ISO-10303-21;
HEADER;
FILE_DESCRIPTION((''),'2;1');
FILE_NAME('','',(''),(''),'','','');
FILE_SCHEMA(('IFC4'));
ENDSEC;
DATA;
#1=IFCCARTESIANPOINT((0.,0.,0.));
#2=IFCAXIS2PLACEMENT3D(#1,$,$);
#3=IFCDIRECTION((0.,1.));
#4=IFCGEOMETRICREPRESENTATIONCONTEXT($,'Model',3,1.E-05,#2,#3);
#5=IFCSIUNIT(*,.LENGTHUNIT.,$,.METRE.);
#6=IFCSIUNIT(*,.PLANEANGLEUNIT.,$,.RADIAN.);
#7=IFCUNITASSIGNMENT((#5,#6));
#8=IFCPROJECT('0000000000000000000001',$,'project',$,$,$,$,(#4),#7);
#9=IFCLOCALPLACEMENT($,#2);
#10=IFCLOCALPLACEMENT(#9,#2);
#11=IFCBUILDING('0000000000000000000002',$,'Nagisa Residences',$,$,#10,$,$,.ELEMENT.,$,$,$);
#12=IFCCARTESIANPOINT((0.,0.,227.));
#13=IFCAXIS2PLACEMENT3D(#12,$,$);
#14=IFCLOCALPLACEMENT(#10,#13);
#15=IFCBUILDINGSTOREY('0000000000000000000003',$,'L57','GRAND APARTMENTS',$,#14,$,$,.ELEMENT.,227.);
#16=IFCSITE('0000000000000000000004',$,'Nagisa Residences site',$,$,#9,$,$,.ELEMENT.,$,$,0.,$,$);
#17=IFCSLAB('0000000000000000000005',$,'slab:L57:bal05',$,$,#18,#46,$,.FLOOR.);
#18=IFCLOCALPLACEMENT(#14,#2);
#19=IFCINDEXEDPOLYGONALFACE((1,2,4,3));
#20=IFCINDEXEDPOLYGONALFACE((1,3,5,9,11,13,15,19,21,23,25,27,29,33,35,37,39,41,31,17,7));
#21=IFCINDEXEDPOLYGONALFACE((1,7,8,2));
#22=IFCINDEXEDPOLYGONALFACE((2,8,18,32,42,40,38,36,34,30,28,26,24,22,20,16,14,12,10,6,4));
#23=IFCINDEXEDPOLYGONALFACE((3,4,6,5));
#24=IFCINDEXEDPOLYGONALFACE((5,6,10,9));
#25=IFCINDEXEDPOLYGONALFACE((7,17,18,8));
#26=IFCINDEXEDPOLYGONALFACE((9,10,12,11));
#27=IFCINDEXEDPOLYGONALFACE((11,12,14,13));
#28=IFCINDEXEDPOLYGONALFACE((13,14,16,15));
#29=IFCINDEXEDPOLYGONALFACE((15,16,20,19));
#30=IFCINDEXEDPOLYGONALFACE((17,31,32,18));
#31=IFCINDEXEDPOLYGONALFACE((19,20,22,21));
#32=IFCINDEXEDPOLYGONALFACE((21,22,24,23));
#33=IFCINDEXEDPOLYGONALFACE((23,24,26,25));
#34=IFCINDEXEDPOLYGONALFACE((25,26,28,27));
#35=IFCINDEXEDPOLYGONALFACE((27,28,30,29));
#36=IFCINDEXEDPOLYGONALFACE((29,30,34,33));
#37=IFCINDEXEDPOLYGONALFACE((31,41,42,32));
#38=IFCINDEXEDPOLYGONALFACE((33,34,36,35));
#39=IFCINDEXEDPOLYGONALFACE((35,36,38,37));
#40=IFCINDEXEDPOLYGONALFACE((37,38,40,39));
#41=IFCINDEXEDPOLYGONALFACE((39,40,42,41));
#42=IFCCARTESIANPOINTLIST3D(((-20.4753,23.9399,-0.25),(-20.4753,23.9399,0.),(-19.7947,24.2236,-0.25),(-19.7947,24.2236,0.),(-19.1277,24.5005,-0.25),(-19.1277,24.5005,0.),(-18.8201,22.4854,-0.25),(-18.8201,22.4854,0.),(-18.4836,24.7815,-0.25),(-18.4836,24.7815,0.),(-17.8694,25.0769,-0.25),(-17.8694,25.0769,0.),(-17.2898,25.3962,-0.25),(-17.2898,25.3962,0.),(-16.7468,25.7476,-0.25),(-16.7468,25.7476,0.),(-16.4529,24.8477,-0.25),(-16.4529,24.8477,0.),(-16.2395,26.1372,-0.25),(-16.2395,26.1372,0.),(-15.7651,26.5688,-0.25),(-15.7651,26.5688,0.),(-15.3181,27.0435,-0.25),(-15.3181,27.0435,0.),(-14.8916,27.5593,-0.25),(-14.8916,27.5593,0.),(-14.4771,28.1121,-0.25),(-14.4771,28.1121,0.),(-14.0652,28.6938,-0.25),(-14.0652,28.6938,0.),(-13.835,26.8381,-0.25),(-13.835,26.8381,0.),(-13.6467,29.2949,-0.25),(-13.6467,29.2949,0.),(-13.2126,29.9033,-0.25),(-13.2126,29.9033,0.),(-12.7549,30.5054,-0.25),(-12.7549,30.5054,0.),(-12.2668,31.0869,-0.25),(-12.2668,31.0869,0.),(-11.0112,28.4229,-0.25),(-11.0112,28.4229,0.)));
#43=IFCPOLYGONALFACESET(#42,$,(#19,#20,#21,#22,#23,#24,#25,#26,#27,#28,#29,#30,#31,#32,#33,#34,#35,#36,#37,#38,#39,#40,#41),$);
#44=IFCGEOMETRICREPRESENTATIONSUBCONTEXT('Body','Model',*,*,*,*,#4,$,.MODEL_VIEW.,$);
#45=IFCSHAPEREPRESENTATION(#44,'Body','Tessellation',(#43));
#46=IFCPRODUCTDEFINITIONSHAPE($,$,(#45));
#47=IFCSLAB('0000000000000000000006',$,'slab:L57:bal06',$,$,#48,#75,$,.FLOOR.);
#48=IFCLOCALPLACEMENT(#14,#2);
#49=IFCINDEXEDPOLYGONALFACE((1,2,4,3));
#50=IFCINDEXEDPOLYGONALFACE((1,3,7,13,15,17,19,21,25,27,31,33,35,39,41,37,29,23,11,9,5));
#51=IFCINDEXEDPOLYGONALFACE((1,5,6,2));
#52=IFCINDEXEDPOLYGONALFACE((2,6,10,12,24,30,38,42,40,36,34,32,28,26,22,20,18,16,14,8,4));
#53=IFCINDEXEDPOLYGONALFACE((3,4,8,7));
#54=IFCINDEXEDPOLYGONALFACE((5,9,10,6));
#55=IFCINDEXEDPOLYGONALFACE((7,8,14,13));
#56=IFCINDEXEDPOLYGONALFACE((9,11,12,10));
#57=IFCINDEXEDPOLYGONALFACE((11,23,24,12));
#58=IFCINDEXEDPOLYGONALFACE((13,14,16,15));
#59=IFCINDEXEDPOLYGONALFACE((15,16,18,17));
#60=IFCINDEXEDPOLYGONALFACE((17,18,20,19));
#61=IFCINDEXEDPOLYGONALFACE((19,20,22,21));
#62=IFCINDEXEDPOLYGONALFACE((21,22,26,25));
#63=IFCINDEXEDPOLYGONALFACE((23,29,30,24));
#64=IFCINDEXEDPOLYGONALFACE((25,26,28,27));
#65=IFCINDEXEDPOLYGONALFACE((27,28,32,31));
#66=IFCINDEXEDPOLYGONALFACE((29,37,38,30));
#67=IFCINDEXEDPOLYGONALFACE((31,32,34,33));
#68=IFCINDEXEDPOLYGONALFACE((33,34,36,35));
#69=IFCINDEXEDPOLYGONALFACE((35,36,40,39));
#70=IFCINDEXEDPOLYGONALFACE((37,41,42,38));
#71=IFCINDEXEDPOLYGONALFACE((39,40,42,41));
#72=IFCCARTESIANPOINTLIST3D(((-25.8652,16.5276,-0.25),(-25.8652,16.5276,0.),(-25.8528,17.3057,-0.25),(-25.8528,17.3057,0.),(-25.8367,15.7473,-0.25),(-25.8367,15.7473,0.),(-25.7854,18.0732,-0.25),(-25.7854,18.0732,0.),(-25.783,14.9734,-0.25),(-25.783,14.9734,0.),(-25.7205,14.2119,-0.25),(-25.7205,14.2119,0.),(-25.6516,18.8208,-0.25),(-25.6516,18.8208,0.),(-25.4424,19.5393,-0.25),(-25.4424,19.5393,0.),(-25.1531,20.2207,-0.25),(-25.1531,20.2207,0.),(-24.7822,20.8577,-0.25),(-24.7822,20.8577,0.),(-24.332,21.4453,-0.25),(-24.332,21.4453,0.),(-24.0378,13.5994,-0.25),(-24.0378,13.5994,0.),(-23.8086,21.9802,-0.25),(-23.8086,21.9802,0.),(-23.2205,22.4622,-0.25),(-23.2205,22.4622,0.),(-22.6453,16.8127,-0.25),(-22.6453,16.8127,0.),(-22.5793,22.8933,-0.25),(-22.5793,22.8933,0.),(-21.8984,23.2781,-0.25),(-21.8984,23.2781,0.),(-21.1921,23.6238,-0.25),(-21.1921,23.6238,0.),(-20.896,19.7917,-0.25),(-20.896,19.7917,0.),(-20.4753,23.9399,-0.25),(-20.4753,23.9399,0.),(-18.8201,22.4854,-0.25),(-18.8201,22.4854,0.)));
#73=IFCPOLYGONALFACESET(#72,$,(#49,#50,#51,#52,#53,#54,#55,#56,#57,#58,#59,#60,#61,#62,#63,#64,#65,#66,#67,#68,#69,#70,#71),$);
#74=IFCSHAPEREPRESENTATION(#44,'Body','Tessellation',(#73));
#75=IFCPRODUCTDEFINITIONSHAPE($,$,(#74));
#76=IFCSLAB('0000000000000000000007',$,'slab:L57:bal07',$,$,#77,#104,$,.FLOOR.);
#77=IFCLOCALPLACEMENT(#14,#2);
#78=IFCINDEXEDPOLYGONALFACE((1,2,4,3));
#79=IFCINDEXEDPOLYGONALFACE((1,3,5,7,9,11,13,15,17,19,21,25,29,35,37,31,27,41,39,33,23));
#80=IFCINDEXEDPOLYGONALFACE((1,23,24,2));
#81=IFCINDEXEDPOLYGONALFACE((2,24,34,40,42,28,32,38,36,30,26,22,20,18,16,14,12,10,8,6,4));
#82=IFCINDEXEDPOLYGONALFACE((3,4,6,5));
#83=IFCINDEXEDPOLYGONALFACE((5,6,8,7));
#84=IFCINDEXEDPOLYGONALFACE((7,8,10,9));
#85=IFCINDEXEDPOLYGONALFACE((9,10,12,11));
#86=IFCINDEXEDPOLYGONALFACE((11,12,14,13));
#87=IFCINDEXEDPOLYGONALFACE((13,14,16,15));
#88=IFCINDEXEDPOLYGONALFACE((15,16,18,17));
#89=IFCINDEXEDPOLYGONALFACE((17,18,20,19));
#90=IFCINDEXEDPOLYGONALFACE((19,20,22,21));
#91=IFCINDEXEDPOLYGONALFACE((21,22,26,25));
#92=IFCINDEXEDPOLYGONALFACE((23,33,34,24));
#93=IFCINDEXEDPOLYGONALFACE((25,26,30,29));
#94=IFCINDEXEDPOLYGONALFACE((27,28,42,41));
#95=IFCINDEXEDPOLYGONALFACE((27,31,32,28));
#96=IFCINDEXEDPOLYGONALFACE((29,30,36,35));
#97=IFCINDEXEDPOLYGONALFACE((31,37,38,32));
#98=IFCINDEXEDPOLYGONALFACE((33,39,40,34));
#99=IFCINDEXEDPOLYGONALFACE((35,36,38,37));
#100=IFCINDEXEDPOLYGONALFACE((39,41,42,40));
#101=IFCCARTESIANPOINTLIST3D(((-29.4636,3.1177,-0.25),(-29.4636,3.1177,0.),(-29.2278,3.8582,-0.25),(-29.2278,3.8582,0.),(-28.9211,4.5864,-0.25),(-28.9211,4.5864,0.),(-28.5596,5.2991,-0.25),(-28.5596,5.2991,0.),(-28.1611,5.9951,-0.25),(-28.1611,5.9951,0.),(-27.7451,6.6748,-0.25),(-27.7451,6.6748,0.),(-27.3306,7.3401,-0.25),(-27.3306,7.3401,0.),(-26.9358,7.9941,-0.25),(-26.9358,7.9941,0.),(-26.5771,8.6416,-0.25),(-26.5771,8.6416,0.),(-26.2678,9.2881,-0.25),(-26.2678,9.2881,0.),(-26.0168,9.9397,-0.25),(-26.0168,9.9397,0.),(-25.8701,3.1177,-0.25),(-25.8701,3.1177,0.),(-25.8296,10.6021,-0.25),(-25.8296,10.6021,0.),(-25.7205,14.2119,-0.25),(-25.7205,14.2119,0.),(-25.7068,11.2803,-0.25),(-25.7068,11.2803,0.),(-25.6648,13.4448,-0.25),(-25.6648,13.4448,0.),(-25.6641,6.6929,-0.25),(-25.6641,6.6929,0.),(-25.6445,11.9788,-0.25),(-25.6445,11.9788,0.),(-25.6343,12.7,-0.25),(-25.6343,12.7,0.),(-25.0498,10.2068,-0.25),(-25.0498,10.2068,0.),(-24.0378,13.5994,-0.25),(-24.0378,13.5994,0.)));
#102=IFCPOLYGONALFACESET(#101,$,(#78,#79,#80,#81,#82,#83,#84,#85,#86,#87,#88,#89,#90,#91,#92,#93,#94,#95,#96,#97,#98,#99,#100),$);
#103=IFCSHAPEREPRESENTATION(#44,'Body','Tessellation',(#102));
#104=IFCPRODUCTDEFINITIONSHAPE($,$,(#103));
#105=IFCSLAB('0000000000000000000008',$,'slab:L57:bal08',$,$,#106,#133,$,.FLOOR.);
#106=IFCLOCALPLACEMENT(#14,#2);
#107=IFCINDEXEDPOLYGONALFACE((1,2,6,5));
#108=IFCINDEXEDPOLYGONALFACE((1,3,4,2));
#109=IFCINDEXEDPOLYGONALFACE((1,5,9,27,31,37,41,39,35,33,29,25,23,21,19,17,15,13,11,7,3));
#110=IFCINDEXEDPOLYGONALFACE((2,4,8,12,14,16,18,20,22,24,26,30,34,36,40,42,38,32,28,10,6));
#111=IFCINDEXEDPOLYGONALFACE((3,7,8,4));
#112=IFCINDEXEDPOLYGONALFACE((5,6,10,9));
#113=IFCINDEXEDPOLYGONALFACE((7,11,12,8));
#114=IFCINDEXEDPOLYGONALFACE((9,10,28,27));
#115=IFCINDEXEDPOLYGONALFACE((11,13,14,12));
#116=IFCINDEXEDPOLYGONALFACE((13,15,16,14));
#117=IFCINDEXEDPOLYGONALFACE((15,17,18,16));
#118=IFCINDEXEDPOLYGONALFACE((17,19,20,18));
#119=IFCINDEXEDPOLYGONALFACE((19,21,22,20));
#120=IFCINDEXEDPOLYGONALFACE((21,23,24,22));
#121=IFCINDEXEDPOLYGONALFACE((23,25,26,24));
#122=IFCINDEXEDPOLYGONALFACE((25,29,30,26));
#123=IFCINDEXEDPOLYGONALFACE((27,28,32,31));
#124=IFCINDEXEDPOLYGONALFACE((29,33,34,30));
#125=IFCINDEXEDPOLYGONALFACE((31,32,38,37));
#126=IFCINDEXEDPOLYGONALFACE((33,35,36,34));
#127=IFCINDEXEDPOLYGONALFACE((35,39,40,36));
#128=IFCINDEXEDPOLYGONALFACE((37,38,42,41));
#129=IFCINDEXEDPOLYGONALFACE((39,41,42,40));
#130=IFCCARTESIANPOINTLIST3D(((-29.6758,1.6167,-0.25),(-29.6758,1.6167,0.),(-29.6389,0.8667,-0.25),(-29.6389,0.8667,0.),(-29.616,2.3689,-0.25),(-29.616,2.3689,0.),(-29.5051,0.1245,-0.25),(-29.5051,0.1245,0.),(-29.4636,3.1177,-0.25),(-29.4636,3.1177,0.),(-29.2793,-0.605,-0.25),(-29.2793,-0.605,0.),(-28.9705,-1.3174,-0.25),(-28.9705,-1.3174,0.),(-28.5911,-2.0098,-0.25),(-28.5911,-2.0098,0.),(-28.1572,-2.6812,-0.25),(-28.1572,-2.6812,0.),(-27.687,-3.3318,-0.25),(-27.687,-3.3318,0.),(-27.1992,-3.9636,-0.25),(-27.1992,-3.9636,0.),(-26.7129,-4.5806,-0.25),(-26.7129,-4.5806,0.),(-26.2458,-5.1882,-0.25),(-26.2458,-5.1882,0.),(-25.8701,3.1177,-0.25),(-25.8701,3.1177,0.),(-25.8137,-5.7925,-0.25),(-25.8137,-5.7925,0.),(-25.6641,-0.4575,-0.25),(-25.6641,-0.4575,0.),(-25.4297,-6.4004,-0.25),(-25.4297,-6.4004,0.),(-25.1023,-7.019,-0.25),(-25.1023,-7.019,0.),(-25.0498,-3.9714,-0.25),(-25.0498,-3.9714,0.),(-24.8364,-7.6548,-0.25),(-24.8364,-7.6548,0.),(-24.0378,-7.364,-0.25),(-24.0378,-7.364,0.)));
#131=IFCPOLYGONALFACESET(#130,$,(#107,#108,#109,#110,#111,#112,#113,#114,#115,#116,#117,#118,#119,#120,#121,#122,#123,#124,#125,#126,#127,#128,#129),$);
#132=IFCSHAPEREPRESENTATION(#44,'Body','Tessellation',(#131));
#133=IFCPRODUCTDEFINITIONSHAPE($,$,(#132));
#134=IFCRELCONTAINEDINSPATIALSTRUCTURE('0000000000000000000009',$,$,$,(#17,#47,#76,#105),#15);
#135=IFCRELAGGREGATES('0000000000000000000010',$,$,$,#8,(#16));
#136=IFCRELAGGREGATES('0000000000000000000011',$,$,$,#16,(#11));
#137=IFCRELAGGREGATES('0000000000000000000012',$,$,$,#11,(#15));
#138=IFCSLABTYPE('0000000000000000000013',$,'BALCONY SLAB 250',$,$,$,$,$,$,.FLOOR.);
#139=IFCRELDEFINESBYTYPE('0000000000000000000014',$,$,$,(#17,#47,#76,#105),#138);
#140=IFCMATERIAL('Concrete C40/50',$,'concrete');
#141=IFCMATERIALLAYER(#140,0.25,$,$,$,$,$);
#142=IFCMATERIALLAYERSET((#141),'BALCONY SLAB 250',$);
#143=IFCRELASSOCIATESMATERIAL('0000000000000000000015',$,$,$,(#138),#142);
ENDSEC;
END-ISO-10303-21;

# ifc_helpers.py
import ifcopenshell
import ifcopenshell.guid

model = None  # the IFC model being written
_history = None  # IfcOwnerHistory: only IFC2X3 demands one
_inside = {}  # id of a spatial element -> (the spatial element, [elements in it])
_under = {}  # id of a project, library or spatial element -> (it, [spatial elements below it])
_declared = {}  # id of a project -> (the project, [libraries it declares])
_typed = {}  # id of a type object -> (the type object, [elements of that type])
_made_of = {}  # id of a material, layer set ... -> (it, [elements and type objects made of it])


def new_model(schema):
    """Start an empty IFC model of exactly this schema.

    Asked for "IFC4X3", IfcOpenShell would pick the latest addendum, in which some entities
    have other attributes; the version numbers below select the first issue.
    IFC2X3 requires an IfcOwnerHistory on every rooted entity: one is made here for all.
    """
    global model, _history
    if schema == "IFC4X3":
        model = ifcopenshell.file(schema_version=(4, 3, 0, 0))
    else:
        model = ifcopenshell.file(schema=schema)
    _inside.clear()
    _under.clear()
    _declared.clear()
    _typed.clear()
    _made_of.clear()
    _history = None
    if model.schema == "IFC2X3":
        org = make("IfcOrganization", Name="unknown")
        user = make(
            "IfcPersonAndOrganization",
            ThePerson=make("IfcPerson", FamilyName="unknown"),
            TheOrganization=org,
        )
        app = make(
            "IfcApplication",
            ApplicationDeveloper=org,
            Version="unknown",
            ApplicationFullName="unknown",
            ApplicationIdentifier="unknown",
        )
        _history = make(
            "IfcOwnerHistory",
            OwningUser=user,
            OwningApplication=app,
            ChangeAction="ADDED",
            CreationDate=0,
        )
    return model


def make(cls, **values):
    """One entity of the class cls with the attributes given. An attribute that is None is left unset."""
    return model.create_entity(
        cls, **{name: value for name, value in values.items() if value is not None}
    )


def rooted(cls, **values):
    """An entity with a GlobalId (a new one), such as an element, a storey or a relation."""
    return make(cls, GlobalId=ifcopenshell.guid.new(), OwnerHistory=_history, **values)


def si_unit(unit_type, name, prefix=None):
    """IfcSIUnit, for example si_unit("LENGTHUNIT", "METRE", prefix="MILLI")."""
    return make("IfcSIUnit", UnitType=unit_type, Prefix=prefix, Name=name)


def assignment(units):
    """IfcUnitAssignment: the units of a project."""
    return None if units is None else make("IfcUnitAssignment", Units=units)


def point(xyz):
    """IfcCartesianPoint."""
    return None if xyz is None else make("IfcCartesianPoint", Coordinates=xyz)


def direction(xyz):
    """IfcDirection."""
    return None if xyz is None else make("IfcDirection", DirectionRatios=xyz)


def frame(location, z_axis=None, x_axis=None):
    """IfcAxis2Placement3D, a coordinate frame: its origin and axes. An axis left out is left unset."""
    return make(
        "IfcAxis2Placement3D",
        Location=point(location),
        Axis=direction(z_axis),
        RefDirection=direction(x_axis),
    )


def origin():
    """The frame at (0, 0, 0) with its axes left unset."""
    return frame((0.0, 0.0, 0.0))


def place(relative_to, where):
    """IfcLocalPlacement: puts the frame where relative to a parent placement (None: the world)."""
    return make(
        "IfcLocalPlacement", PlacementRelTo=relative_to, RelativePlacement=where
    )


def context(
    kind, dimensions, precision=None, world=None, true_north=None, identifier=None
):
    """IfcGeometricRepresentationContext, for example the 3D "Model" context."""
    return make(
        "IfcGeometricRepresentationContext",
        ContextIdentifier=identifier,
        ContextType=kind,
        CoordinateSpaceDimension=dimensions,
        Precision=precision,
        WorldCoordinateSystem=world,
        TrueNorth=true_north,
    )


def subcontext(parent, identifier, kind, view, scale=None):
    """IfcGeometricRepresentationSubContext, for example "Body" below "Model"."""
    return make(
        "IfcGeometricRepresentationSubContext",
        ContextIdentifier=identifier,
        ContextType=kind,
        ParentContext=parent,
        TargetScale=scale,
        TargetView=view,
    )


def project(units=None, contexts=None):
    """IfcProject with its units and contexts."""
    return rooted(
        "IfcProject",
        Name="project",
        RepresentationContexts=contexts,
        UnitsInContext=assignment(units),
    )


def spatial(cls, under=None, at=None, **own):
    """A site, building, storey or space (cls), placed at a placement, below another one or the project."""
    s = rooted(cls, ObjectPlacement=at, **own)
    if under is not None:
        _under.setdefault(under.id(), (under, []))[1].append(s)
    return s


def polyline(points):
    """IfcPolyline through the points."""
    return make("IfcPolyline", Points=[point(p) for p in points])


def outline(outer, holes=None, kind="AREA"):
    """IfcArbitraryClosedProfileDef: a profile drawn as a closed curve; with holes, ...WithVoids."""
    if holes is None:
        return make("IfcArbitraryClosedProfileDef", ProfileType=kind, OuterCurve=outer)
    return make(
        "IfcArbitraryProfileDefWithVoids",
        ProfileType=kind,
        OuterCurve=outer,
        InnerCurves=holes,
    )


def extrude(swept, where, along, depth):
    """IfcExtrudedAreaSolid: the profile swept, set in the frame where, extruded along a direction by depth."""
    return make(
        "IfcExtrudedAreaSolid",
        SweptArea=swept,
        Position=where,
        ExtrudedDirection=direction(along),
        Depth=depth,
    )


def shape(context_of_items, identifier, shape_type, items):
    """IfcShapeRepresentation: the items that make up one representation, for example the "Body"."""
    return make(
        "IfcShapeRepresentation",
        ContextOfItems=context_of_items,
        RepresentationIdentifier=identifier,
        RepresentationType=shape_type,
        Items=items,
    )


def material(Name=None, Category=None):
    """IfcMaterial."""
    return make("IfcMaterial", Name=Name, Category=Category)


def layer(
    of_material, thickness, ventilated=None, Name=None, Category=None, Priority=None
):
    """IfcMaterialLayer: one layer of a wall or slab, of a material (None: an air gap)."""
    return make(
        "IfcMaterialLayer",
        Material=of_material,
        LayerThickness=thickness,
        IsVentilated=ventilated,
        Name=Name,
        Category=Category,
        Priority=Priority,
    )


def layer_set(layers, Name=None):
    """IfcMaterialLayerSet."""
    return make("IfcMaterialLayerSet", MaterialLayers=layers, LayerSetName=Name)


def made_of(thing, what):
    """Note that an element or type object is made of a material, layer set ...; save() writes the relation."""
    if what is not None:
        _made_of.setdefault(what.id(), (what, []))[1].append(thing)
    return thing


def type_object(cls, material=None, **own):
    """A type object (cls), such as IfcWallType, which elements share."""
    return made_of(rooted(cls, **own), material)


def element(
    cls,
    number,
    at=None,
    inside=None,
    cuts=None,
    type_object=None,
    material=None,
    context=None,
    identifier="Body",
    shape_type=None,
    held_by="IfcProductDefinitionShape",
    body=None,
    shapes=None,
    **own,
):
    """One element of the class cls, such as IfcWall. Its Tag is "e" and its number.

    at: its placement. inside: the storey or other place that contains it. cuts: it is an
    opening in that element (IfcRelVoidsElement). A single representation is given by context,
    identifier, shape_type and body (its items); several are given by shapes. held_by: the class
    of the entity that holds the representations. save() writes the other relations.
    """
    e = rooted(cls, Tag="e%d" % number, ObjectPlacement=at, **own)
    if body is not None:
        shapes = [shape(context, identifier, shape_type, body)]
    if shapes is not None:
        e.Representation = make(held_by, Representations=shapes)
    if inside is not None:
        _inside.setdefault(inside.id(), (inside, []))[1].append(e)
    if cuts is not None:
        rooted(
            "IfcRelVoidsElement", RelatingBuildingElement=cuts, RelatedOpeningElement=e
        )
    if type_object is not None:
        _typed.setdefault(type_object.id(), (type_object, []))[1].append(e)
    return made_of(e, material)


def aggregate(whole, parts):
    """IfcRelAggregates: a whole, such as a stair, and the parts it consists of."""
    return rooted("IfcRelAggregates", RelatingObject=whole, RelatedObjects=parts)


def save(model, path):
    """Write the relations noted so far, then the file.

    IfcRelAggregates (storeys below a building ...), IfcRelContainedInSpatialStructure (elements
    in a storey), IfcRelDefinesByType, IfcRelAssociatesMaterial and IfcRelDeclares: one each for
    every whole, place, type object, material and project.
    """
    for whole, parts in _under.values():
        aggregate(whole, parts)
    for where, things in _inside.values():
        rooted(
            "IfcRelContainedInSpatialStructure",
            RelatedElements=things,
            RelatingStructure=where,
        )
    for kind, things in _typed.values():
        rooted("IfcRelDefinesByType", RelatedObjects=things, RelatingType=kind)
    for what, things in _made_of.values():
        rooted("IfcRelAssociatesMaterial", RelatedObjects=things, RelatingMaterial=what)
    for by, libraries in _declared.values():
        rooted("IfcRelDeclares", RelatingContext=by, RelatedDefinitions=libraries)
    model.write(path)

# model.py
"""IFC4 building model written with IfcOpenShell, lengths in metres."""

from ifc_helpers import new_model, si_unit, direction, frame, origin, place, context, subcontext, project, spatial, polyline, outline, extrude, material, layer, layer_set, type_object, element, save


model = new_model("IFC4")

# Units and contexts
model_context = context("Model", 3, precision=1e-05, world=origin(), true_north=direction((0.0, 1.0)))
body_context = subcontext(model_context, "Body", "Model", "MODEL_VIEW")
ifc_project = project(units=[si_unit("LENGTHUNIT", "METRE"), si_unit("PLANEANGLEUNIT", "RADIAN")], contexts=[model_context])

# Site, building, storey
site_placement = place(None, origin())
site = spatial("IfcSite", under=ifc_project, at=site_placement, Name="Nagisa Residences site", CompositionType="ELEMENT", RefElevation=0.0)
building_placement = place(site_placement, origin())
building = spatial("IfcBuilding", under=site, at=building_placement, Name="Nagisa Residences", CompositionType="ELEMENT")
storey_placement = place(building_placement, frame((0.0, 0.0, 227.0)))
storey = spatial("IfcBuildingStorey", under=building, at=storey_placement, Name="L57", Description="GRAND APARTMENTS", CompositionType="ELEMENT", Elevation=227.0)

# Slabs
ifc_material_1 = material(Name="Concrete C40/50", Category="concrete")
ifc_layer_1 = layer(ifc_material_1, 0.25)
ifc_layer_set_1 = layer_set([ifc_layer_1], Name="BALCONY SLAB 250")
slab_type_1 = type_object("IfcSlabType", Name="BALCONY SLAB 250", PredefinedType="FLOOR", material=ifc_layer_set_1)
slab_1_placement = place(storey_placement, frame((0.0, 0.0, -0.25)))
element("IfcSlab", 1, at=slab_1_placement, inside=storey, type_object=slab_type_1, Name="slab:L57:bal05", PredefinedType="FLOOR", context=body_context, shape_type="SweptSolid", body=[
    extrude(outline(polyline([(-12.2668, 31.0869), (-12.7549, 30.5054), (-13.2126, 29.9033), (-13.6467, 29.2949), (-14.0652, 28.6938), (-14.4771, 28.1121), (-14.8916, 27.5593), (-15.3181, 27.0435), (-15.7651, 26.5688), (-16.2395, 26.1372), (-16.7468, 25.7476), (-17.2898, 25.3962), (-17.8694, 25.0769), (-18.4836, 24.7815), (-19.1277, 24.5005), (-19.7947, 24.2236), (-20.4753, 23.9399), (-18.8201, 22.4854), (-16.4529, 24.8477), (-13.835, 26.8381), (-11.0112, 28.4229), (-12.2668, 31.0869)])), origin(), (0.0, 0.0, 1.0), 0.25),
])
slab_2_placement = place(storey_placement, frame((0.0, 0.0, -0.25)))
element("IfcSlab", 2, at=slab_2_placement, inside=storey, type_object=slab_type_1, Name="slab:L57:bal06", PredefinedType="FLOOR", context=body_context, shape_type="SweptSolid", body=[
    extrude(outline(polyline([(-20.4753, 23.9399), (-21.1921, 23.6238), (-21.8984, 23.2781), (-22.5793, 22.8933), (-23.2205, 22.4622), (-23.8086, 21.9802), (-24.332, 21.4453), (-24.7822, 20.8577), (-25.1531, 20.2207), (-25.4424, 19.5393), (-25.6516, 18.8208), (-25.7854, 18.0732), (-25.8528, 17.3057), (-25.8652, 16.5276), (-25.8367, 15.7473), (-25.783, 14.9734), (-25.7205, 14.2119), (-24.0378, 13.5994), (-22.6453, 16.8127), (-20.896, 19.7917), (-18.8201, 22.4854), (-20.4753, 23.9399)])), origin(), (0.0, 0.0, 1.0), 0.25),
])
slab_3_placement = place(storey_placement, frame((0.0, 0.0, -0.25)))
element("IfcSlab", 3, at=slab_3_placement, inside=storey, type_object=slab_type_1, Name="slab:L57:bal07", PredefinedType="FLOOR", context=body_context, shape_type="SweptSolid", body=[
    extrude(outline(polyline([(-25.7205, 14.2119), (-25.6648, 13.4448), (-25.6343, 12.7), (-25.6445, 11.9788), (-25.7068, 11.2803), (-25.8296, 10.6021), (-26.0168, 9.9397), (-26.2678, 9.2881), (-26.5771, 8.6416), (-26.9358, 7.9941), (-27.3306, 7.3401), (-27.7451, 6.6748), (-28.1611, 5.9951), (-28.5596, 5.2991), (-28.9211, 4.5864), (-29.2278, 3.8582), (-29.4636, 3.1177), (-25.8701, 3.1177), (-25.6641, 6.6929), (-25.0498, 10.2068), (-24.0378, 13.5994), (-25.7205, 14.2119)])), origin(), (0.0, 0.0, 1.0), 0.25),
])
slab_4_placement = place(storey_placement, frame((0.0, 0.0, -0.25)))
element("IfcSlab", 4, at=slab_4_placement, inside=storey, type_object=slab_type_1, Name="slab:L57:bal08", PredefinedType="FLOOR", context=body_context, shape_type="SweptSolid", body=[
    extrude(outline(polyline([(-29.4636, 3.1177), (-29.616, 2.3689), (-29.6758, 1.6167), (-29.6389, 0.8667), (-29.5051, 0.1245), (-29.2793, -0.605), (-28.9705, -1.3174), (-28.5911, -2.0098), (-28.1572, -2.6812), (-27.687, -3.3318), (-27.1992, -3.9636), (-26.7129, -4.5806), (-26.2458, -5.1882), (-25.8137, -5.7925), (-25.4297, -6.4004), (-25.1023, -7.019), (-24.8364, -7.6548), (-24.0378, -7.364), (-25.0498, -3.9714), (-25.6641, -0.4575), (-25.8701, 3.1177), (-29.4636, 3.1177)])), origin(), (0.0, 0.0, 1.0), 0.25),
])

save(model, "model.ifc")
